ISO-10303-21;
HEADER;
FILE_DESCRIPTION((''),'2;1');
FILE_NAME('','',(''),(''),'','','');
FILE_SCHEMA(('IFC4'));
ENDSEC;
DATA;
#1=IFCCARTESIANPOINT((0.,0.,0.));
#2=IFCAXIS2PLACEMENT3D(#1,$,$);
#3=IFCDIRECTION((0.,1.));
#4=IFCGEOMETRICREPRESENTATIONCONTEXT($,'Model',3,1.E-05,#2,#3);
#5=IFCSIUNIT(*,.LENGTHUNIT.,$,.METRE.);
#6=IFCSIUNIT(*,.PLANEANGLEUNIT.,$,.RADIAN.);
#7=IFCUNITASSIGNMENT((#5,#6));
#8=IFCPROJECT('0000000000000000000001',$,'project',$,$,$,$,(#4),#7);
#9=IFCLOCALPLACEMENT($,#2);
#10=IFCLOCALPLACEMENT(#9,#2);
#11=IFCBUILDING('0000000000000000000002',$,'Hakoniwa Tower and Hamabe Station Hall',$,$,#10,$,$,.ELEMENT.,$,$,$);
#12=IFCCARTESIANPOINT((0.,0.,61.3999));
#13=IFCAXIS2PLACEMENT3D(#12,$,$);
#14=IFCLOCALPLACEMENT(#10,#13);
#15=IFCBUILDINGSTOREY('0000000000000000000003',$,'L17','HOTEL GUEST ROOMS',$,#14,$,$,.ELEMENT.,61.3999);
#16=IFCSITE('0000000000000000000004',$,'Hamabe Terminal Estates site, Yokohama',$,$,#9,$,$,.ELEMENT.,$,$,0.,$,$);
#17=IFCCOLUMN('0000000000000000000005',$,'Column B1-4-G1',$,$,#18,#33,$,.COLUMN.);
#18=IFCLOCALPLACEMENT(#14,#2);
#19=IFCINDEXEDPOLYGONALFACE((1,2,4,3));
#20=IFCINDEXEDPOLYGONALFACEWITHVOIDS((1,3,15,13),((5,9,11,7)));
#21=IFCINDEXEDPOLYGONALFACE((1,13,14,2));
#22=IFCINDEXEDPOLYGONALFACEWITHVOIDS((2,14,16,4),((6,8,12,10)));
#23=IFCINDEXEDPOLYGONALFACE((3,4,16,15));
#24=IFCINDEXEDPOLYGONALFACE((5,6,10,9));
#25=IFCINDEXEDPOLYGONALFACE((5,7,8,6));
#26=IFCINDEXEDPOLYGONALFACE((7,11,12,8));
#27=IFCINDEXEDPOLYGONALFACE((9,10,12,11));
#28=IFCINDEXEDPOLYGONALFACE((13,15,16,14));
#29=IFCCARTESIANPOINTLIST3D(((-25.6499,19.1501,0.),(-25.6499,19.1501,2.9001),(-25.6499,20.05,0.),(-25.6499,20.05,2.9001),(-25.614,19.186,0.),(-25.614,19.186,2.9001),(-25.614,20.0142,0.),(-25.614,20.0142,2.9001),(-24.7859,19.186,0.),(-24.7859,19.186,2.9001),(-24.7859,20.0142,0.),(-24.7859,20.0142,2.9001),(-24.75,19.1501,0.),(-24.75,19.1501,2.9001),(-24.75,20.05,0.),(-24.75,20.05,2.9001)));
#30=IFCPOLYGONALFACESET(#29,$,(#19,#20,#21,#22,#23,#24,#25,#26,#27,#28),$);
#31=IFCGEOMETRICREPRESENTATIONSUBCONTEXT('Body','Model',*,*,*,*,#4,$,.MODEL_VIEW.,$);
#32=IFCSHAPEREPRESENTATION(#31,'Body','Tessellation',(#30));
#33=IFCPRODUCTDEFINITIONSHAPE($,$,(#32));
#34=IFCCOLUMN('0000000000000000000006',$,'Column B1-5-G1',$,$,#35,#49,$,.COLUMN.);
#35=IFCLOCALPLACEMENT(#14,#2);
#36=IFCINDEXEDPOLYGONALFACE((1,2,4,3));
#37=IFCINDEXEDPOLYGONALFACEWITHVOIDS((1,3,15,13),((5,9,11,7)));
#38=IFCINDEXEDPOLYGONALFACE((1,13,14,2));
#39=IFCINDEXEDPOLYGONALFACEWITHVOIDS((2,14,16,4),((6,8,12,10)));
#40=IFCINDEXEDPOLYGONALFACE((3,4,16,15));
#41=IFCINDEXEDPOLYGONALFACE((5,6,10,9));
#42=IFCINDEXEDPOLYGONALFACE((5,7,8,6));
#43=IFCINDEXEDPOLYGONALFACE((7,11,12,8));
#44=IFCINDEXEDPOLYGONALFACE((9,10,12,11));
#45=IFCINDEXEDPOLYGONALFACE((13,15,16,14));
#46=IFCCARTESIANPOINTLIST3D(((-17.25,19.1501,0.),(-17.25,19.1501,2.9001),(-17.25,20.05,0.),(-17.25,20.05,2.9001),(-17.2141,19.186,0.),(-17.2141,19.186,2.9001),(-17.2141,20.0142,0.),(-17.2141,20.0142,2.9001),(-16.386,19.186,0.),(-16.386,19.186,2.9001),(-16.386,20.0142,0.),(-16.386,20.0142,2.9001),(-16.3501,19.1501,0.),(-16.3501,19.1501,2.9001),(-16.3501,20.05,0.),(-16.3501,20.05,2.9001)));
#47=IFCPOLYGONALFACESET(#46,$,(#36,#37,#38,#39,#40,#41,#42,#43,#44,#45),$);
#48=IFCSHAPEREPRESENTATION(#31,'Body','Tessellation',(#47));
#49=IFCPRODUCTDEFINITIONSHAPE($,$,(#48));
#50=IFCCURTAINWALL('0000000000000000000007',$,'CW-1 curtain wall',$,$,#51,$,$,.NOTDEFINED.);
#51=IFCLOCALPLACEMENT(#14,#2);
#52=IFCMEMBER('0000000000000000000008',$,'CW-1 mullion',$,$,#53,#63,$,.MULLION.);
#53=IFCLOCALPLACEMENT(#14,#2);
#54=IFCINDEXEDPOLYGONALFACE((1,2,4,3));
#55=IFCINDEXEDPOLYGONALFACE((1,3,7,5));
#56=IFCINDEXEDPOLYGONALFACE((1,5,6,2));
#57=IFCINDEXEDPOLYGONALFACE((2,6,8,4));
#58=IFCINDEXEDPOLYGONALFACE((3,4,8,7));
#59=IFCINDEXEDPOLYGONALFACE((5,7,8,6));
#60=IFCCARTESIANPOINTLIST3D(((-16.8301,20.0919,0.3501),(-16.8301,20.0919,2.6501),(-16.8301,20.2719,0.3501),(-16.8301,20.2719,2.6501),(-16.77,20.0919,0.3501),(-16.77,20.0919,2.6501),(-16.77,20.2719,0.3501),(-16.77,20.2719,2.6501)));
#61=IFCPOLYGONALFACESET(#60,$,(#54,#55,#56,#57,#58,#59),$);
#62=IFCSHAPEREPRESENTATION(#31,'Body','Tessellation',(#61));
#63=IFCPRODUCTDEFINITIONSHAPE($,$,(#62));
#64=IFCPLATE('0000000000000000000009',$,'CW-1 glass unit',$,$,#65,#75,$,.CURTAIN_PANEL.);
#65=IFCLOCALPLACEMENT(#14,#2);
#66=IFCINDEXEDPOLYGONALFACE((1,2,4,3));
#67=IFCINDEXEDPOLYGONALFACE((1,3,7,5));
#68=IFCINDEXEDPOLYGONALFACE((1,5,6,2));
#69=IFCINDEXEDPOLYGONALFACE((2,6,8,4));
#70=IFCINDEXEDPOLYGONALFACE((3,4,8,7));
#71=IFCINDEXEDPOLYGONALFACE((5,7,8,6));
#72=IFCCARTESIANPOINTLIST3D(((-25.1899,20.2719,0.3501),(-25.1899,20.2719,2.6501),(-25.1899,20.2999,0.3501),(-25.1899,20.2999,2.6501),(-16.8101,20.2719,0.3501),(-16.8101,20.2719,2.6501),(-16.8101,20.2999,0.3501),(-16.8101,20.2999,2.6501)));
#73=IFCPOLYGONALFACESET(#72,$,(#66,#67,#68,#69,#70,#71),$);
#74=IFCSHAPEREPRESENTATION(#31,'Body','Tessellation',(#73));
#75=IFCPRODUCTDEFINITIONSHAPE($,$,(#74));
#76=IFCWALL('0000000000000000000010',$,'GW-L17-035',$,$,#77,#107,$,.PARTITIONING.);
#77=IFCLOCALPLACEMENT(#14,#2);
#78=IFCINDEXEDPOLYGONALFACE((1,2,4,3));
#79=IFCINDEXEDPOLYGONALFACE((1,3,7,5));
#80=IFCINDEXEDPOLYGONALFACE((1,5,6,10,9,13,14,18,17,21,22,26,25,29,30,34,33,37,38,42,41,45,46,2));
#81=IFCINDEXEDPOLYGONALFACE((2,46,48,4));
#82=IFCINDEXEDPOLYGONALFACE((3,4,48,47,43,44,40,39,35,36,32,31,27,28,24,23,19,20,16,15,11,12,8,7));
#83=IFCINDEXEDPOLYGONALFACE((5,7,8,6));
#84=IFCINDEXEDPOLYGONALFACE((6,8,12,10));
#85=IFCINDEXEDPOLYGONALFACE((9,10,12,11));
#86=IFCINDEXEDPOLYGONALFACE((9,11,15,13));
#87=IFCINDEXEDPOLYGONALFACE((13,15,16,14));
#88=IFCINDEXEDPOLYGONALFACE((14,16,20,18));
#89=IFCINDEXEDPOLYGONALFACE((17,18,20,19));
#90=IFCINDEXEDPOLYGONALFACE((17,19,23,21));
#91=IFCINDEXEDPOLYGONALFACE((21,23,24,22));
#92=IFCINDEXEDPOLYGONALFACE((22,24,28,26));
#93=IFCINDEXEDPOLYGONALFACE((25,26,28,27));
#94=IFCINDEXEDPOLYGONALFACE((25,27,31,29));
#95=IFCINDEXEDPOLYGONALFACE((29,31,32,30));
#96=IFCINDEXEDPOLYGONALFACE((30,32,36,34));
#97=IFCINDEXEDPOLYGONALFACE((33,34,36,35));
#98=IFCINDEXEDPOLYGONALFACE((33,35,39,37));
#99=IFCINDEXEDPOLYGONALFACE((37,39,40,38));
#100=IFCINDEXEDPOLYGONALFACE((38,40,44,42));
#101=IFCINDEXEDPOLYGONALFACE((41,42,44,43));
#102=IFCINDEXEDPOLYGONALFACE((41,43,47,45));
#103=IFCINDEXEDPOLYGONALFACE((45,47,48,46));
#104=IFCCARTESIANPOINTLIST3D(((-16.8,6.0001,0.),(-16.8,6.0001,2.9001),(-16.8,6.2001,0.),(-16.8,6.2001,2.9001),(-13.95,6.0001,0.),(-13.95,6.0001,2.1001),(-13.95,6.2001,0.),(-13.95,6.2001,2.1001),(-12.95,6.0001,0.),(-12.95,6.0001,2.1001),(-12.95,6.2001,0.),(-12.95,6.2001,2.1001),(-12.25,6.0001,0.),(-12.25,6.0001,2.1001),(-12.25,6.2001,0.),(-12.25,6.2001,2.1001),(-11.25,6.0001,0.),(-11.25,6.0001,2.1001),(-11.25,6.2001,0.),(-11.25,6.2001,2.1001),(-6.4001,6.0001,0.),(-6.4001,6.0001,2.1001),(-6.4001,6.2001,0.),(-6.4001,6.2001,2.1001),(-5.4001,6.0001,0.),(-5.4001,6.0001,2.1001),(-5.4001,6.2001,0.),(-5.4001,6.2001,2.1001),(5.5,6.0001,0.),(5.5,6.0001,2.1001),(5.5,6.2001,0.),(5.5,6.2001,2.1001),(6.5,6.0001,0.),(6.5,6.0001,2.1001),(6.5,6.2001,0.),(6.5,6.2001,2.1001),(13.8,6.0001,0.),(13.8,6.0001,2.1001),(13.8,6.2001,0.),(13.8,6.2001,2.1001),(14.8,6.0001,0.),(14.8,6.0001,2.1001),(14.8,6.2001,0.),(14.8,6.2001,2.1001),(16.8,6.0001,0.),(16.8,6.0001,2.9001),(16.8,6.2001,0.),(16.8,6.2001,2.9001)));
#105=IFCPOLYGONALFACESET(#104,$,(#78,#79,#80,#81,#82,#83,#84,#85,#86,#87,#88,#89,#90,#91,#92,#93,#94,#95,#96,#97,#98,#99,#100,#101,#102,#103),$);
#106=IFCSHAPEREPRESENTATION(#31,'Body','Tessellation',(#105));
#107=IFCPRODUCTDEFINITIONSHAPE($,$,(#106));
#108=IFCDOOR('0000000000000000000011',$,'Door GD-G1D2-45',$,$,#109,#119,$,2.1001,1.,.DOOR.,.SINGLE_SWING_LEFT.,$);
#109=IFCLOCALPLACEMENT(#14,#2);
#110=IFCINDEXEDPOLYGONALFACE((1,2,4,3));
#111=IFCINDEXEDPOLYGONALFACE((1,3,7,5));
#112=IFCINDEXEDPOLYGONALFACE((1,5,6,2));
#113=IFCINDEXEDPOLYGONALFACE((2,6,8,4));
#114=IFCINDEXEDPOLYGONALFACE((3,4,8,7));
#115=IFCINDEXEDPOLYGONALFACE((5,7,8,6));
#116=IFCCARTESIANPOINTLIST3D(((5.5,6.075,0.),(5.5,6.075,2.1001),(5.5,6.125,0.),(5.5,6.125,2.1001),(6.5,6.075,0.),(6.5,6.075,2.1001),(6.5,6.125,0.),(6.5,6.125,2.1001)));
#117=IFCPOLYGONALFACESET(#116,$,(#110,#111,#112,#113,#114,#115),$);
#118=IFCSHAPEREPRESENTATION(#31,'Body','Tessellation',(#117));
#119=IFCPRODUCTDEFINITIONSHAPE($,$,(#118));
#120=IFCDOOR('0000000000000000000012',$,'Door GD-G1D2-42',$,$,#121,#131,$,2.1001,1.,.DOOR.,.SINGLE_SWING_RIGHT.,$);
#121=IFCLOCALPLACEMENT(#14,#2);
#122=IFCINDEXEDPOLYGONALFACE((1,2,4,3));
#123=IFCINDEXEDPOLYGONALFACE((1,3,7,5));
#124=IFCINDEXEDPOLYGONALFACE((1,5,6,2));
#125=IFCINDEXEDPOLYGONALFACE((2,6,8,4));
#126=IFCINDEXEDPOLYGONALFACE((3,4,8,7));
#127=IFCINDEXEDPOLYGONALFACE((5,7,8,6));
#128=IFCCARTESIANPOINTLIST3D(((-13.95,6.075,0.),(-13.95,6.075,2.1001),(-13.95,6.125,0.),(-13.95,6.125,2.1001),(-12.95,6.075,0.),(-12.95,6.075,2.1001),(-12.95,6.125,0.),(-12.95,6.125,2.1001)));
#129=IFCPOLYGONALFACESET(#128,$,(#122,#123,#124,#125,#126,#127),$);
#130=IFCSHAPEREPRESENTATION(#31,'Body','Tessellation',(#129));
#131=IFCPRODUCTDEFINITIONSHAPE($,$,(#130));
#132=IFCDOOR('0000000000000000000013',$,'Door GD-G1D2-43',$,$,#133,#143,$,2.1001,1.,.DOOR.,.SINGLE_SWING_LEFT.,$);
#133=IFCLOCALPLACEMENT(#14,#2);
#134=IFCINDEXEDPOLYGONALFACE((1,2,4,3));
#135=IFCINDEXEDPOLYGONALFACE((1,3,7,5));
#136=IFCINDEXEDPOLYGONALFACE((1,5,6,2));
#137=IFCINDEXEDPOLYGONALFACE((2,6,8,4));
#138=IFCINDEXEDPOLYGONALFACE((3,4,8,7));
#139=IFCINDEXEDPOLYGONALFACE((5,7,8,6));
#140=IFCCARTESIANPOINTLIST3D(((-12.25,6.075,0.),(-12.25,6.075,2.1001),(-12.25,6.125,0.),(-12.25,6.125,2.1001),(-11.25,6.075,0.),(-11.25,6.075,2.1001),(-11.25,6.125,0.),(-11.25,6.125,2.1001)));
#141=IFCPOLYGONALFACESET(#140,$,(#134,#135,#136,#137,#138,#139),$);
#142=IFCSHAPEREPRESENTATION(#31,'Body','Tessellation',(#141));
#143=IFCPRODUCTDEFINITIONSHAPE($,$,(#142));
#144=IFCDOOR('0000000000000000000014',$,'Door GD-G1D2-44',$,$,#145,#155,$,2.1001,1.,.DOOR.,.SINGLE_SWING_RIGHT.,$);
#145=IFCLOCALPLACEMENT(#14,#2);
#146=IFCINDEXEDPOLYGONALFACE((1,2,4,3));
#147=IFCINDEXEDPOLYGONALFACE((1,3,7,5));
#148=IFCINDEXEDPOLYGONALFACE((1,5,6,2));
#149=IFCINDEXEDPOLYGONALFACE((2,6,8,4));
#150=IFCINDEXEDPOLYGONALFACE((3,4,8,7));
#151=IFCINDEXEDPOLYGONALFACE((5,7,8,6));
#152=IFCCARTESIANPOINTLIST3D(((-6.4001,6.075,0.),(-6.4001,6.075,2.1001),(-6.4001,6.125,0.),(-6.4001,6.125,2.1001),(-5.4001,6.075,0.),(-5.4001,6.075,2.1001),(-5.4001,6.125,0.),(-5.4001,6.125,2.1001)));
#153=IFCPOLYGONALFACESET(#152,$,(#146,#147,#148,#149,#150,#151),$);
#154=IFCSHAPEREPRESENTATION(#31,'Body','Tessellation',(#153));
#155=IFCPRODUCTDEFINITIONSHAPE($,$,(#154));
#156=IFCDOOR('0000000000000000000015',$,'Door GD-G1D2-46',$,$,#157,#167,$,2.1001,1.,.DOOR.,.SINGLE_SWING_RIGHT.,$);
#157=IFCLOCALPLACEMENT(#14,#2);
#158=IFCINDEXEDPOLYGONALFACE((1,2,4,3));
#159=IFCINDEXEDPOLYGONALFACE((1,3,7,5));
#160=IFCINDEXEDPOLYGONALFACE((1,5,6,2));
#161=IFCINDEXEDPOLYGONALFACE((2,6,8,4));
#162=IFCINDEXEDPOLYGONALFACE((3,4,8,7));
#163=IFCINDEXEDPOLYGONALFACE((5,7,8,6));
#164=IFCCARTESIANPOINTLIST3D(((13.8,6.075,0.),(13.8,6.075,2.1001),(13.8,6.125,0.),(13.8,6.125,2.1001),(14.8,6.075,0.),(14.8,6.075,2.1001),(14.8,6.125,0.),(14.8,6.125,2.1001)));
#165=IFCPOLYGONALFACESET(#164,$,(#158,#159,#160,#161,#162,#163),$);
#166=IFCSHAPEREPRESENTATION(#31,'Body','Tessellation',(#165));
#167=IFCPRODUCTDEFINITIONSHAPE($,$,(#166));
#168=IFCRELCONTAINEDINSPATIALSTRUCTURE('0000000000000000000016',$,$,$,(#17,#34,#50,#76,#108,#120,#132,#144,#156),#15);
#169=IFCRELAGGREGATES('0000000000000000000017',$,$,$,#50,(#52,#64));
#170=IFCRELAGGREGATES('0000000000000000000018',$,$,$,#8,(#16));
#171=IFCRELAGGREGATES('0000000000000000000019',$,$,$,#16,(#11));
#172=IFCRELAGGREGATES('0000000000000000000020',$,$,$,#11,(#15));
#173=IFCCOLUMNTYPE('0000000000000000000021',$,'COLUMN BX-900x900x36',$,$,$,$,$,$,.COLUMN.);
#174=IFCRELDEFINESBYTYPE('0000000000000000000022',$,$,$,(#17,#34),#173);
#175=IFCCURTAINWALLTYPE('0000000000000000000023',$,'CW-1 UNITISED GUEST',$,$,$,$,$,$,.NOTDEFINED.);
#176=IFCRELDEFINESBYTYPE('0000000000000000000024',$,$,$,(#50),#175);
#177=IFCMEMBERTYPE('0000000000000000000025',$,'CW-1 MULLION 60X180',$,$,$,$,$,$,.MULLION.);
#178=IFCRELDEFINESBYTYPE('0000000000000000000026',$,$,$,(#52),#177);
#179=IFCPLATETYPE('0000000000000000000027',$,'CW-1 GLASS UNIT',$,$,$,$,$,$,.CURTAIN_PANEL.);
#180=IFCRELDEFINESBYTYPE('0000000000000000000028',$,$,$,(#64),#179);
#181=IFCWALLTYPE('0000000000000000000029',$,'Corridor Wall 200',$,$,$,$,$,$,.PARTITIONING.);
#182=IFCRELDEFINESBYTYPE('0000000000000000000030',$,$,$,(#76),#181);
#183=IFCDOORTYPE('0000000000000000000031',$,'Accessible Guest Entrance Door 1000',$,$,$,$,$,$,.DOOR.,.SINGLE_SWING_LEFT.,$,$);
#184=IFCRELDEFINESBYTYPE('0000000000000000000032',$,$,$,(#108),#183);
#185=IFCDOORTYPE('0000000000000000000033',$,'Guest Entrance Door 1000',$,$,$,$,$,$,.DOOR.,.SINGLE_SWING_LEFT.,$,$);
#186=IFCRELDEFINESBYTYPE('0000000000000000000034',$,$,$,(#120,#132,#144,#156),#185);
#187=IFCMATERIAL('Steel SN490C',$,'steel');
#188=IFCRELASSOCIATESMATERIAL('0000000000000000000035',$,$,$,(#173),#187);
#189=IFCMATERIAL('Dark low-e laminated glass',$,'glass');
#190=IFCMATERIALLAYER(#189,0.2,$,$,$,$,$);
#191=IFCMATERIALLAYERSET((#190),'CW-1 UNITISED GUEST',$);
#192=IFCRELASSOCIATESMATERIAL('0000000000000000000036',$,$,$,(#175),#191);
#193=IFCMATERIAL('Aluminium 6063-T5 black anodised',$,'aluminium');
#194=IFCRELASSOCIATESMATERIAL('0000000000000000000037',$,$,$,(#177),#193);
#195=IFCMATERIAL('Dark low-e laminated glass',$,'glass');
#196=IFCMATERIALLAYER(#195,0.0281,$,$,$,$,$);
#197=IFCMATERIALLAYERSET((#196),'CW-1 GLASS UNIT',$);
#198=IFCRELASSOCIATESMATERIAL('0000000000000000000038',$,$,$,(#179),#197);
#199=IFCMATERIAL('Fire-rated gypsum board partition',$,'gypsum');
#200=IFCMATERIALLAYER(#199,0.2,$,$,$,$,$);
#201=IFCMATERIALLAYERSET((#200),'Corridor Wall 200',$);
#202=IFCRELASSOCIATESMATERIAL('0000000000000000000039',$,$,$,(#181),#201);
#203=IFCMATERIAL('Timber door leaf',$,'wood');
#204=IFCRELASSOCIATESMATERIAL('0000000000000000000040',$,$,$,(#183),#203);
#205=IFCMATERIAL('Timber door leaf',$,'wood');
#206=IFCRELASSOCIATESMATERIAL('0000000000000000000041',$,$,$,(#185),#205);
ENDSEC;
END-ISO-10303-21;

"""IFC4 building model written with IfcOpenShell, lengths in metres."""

from ifc_helpers import new_model, si_unit, direction, frame, frame_2d, origin, origin_2d, place, context, subcontext, project, spatial, rectangle, hollow_rectangle, extrude, material, layer, layer_set, material_profile, profile_set, type_object, element, fill, aggregate, save


model = new_model("IFC4")

# Units and contexts
model_context = context("Model", 3, precision=1e-05, world=origin(), true_north=direction((0.0, 1.0)))
body_context = subcontext(model_context, "Body", "Model", "MODEL_VIEW")
ifc_project = project(units=[si_unit("LENGTHUNIT", "METRE"), si_unit("PLANEANGLEUNIT", "RADIAN")], contexts=[model_context])

# Site, building, storey
site_placement = place(None, origin())
site = spatial("IfcSite", under=ifc_project, at=site_placement, Name="Hamabe Terminal Estates site, Yokohama", CompositionType="ELEMENT", RefElevation=0.0)
building_placement = place(site_placement, origin())
building = spatial("IfcBuilding", under=site, at=building_placement, Name="Hakoniwa Tower and Hamabe Station Hall", CompositionType="ELEMENT")
storey_placement = place(building_placement, frame((0.0, 0.0, 61.3999)))
storey = spatial("IfcBuildingStorey", under=building, at=storey_placement, Name="L17", Description="HOTEL GUEST ROOMS", CompositionType="ELEMENT", Elevation=61.3999)

# Columns
ifc_material_1 = material(Name="Steel SN490C", Category="steel")
ifc_material_profile_1 = material_profile(ifc_material_1, hollow_rectangle(XDim=0.8999, YDim=0.8999, WallThickness=0.0359, at=origin_2d()), Name="BX-900x900x36")
ifc_profile_set_1 = profile_set([ifc_material_profile_1], Name="Steel SN490C")
column_type = type_object("IfcColumnType", Name="COLUMN BX-900x900x36", PredefinedType="COLUMN", material=ifc_profile_set_1)
for number, where, z_axis, x_axis, name in (
    (1, (-25.2, 19.6001, 0.0), (0.0, 0.0, 1.0), (1.0, 0.0, 0.0), "Column B1-4-G1"),
    (2, (-16.8, 19.6001, 0.0), (0.0, 0.0, 1.0), (1.0, 0.0, 0.0), "Column B1-5-G1"),
):
    element("IfcColumn", number, at=place(storey_placement, frame(where, z_axis=z_axis, x_axis=x_axis)), inside=storey, type_object=column_type, Name=name, PredefinedType="COLUMN", context=body_context, shape_type="SweptSolid", body=[
        extrude(hollow_rectangle(XDim=0.8999, YDim=0.8999, WallThickness=0.0359, at=origin_2d()), origin(), (0.0, 0.0, 1.0), 2.9001),
    ])

# Curtain wall, member, plate
ifc_material_2 = material(Name="Dark low-e laminated glass", Category="glass")
ifc_layer_1 = layer(ifc_material_2, 0.2)
ifc_layer_set_1 = layer_set([ifc_layer_1], Name="CW-1 UNITISED GUEST")
curtain_wall_type = type_object("IfcCurtainWallType", Name="CW-1 UNITISED GUEST", PredefinedType="NOTDEFINED", material=ifc_layer_set_1)
curtain_wall_placement = place(storey_placement, origin())
curtain_wall = element("IfcCurtainWall", 3, at=curtain_wall_placement, inside=storey, type_object=curtain_wall_type, Name="CW-1 curtain wall", PredefinedType="NOTDEFINED")
ifc_material_3 = material(Name="Aluminium 6063-T5 black anodised", Category="aluminium")
ifc_material_profile_2 = material_profile(ifc_material_3, rectangle(XDim=0.0601, YDim=0.1799, at=origin_2d()), Name="CW-1 MULLION 60X180")
ifc_profile_set_2 = profile_set([ifc_material_profile_2], Name="Aluminium 6063-T5 black anodised")
member_type = type_object("IfcMemberType", Name="CW-1 MULLION 60X180", PredefinedType="MULLION", material=ifc_profile_set_2)
member_placement = place(storey_placement, frame((-16.8, 20.1819, 0.3501), z_axis=(0.0, 0.0, 1.0), x_axis=(-1.0, 0.0, 0.0)))
member = element("IfcMember", 4, at=member_placement, type_object=member_type, Name="CW-1 mullion", PredefinedType="MULLION", context=body_context, shape_type="SweptSolid", body=[
    extrude(rectangle(XDim=0.0601, YDim=0.1799, at=origin_2d()), origin(), (0.0, 0.0, 1.0), 2.3),
])
ifc_material_4 = material(Name="Dark low-e laminated glass", Category="glass")
ifc_layer_2 = layer(ifc_material_4, 0.0281)
ifc_layer_set_2 = layer_set([ifc_layer_2], Name="CW-1 GLASS UNIT")
plate_type = type_object("IfcPlateType", Name="CW-1 GLASS UNIT", PredefinedType="CURTAIN_PANEL", material=ifc_layer_set_2)
plate_placement = place(storey_placement, frame((-21.0, 20.2859, 0.3501), z_axis=(0.0, 0.0, 1.0), x_axis=(-1.0, 0.0, 0.0)))
plate = element("IfcPlate", 5, at=plate_placement, type_object=plate_type, Name="CW-1 glass unit", PredefinedType="CURTAIN_PANEL", context=body_context, shape_type="SweptSolid", body=[
    extrude(rectangle(XDim=8.3799, YDim=0.0281, at=origin_2d()), origin(), (0.0, 0.0, 1.0), 2.3),
])
aggregate(curtain_wall, [member, plate])

# Wall, openings, doors
ifc_material_5 = material(Name="Fire-rated gypsum board partition", Category="gypsum")
ifc_layer_3 = layer(ifc_material_5, 0.2)
ifc_layer_set_3 = layer_set([ifc_layer_3], Name="Corridor Wall 200")
wall_type_1 = type_object("IfcWallType", Name="Corridor Wall 200", PredefinedType="PARTITIONING", material=ifc_layer_set_3)
wall_1_placement = place(storey_placement, frame((-16.8, 6.1001, 0.0), z_axis=(0.0, 0.0, 1.0), x_axis=(1.0, 0.0, 0.0)))
wall_1 = element("IfcWall", 6, at=wall_1_placement, inside=storey, type_object=wall_type_1, Name="GW-L17-035", PredefinedType="PARTITIONING", context=body_context, shape_type="SweptSolid", body=[
    extrude(rectangle(XDim=33.6001, YDim=0.2, at=frame_2d((16.8, 0.0))), origin(), (0.0, 0.0, 1.0), 2.9001),
])
opening_1_placement = place(wall_1_placement, frame((2.8501, 0.0, 0.0)))
opening_1 = element("IfcOpeningElement", 7, at=opening_1_placement, cuts=wall_1, PredefinedType="OPENING", context=body_context, shape_type="SweptSolid", body=[
    extrude(rectangle(XDim=1.0, YDim=2.1001, at=frame_2d((0.5, 1.05))), frame((0.0, 0.1099, 0.0), z_axis=(0.0, -1.0, 0.0), x_axis=(1.0, 0.0, 0.0)), (0.0, 0.0, 1.0), 0.22),
])
opening_2_placement = place(wall_1_placement, frame((4.55, 0.0, 0.0)))
opening_2 = element("IfcOpeningElement", 8, at=opening_2_placement, cuts=wall_1, PredefinedType="OPENING", context=body_context, shape_type="SweptSolid", body=[
    extrude(rectangle(XDim=1.0, YDim=2.1001, at=frame_2d((0.5, 1.05))), frame((0.0, 0.1099, 0.0), z_axis=(0.0, -1.0, 0.0), x_axis=(1.0, 0.0, 0.0)), (0.0, 0.0, 1.0), 0.22),
])
opening_3_placement = place(wall_1_placement, frame((10.3999, 0.0, 0.0)))
opening_3 = element("IfcOpeningElement", 9, at=opening_3_placement, cuts=wall_1, PredefinedType="OPENING", context=body_context, shape_type="SweptSolid", body=[
    extrude(rectangle(XDim=1.0, YDim=2.1001, at=frame_2d((0.5, 1.05))), frame((0.0, 0.1099, 0.0), z_axis=(0.0, -1.0, 0.0), x_axis=(1.0, 0.0, 0.0)), (0.0, 0.0, 1.0), 0.22),
])
opening_4_placement = place(wall_1_placement, frame((22.3, 0.0, 0.0)))
opening_4 = element("IfcOpeningElement", 10, at=opening_4_placement, cuts=wall_1, PredefinedType="OPENING", context=body_context, shape_type="SweptSolid", body=[
    extrude(rectangle(XDim=1.0, YDim=2.1001, at=frame_2d((0.5, 1.05))), frame((0.0, 0.1099, 0.0), z_axis=(0.0, -1.0, 0.0), x_axis=(1.0, 0.0, 0.0)), (0.0, 0.0, 1.0), 0.22),
])
opening_5_placement = place(wall_1_placement, frame((30.6001, 0.0, 0.0)))
opening_5 = element("IfcOpeningElement", 11, at=opening_5_placement, cuts=wall_1, PredefinedType="OPENING", context=body_context, shape_type="SweptSolid", body=[
    extrude(rectangle(XDim=1.0, YDim=2.1001, at=frame_2d((0.5, 1.05))), frame((0.0, 0.1099, 0.0), z_axis=(0.0, -1.0, 0.0), x_axis=(1.0, 0.0, 0.0)), (0.0, 0.0, 1.0), 0.22),
])
ifc_material_6 = material(Name="Timber door leaf", Category="wood")
door_type_1 = type_object("IfcDoorType", Name="Accessible Guest Entrance Door 1000", OperationType="SINGLE_SWING_LEFT", PredefinedType="DOOR", material=ifc_material_6)
door_1_placement = place(opening_4_placement, origin())
door_1 = element("IfcDoor", 12, at=door_1_placement, inside=storey, type_object=door_type_1, Name="Door GD-G1D2-45", OperationType="SINGLE_SWING_LEFT", OverallHeight=2.1001, OverallWidth=1.0, PredefinedType="DOOR", context=body_context, shape_type="SweptSolid", body=[
    extrude(rectangle(XDim=1.0, YDim=2.1001, at=frame_2d((0.5, 1.05))), frame((0.0, 0.0249, 0.0), z_axis=(0.0, -1.0, 0.0), x_axis=(1.0, 0.0, 0.0)), (0.0, 0.0, 1.0), 0.05),
])
fill(opening_4, door_1)
ifc_material_7 = material(Name="Timber door leaf", Category="wood")
door_type_2 = type_object("IfcDoorType", Name="Guest Entrance Door 1000", OperationType="SINGLE_SWING_LEFT", PredefinedType="DOOR", material=ifc_material_7)
door_2_placement = place(opening_1_placement, origin())
door_2 = element("IfcDoor", 13, at=door_2_placement, inside=storey, type_object=door_type_2, Name="Door GD-G1D2-42", OperationType="SINGLE_SWING_RIGHT", OverallHeight=2.1001, OverallWidth=1.0, PredefinedType="DOOR", context=body_context, shape_type="SweptSolid", body=[
    extrude(rectangle(XDim=1.0, YDim=2.1001, at=frame_2d((0.5, 1.05))), frame((0.0, 0.0249, 0.0), z_axis=(0.0, -1.0, 0.0), x_axis=(1.0, 0.0, 0.0)), (0.0, 0.0, 1.0), 0.05),
])
fill(opening_1, door_2)
door_3_placement = place(opening_2_placement, origin())
door_3 = element("IfcDoor", 14, at=door_3_placement, inside=storey, type_object=door_type_2, Name="Door GD-G1D2-43", OperationType="SINGLE_SWING_LEFT", OverallHeight=2.1001, OverallWidth=1.0, PredefinedType="DOOR", context=body_context, shape_type="SweptSolid", body=[
    extrude(rectangle(XDim=1.0, YDim=2.1001, at=frame_2d((0.5, 1.05))), frame((0.0, 0.0249, 0.0), z_axis=(0.0, -1.0, 0.0), x_axis=(1.0, 0.0, 0.0)), (0.0, 0.0, 1.0), 0.05),
])
fill(opening_2, door_3)
door_4_placement = place(opening_3_placement, origin())
door_4 = element("IfcDoor", 15, at=door_4_placement, inside=storey, type_object=door_type_2, Name="Door GD-G1D2-44", OperationType="SINGLE_SWING_RIGHT", OverallHeight=2.1001, OverallWidth=1.0, PredefinedType="DOOR", context=body_context, shape_type="SweptSolid", body=[
    extrude(rectangle(XDim=1.0, YDim=2.1001, at=frame_2d((0.5, 1.05))), frame((0.0, 0.0249, 0.0), z_axis=(0.0, -1.0, 0.0), x_axis=(1.0, 0.0, 0.0)), (0.0, 0.0, 1.0), 0.05),
])
fill(opening_3, door_4)
door_5_placement = place(opening_5_placement, origin())
door_5 = element("IfcDoor", 16, at=door_5_placement, inside=storey, type_object=door_type_2, Name="Door GD-G1D2-46", OperationType="SINGLE_SWING_RIGHT", OverallHeight=2.1001, OverallWidth=1.0, PredefinedType="DOOR", context=body_context, shape_type="SweptSolid", body=[
    extrude(rectangle(XDim=1.0, YDim=2.1001, at=frame_2d((0.5, 1.05))), frame((0.0, 0.0249, 0.0), z_axis=(0.0, -1.0, 0.0), x_axis=(1.0, 0.0, 0.0)), (0.0, 0.0, 1.0), 0.05),
])
fill(opening_5, door_5)

save(model, "model.ifc")
